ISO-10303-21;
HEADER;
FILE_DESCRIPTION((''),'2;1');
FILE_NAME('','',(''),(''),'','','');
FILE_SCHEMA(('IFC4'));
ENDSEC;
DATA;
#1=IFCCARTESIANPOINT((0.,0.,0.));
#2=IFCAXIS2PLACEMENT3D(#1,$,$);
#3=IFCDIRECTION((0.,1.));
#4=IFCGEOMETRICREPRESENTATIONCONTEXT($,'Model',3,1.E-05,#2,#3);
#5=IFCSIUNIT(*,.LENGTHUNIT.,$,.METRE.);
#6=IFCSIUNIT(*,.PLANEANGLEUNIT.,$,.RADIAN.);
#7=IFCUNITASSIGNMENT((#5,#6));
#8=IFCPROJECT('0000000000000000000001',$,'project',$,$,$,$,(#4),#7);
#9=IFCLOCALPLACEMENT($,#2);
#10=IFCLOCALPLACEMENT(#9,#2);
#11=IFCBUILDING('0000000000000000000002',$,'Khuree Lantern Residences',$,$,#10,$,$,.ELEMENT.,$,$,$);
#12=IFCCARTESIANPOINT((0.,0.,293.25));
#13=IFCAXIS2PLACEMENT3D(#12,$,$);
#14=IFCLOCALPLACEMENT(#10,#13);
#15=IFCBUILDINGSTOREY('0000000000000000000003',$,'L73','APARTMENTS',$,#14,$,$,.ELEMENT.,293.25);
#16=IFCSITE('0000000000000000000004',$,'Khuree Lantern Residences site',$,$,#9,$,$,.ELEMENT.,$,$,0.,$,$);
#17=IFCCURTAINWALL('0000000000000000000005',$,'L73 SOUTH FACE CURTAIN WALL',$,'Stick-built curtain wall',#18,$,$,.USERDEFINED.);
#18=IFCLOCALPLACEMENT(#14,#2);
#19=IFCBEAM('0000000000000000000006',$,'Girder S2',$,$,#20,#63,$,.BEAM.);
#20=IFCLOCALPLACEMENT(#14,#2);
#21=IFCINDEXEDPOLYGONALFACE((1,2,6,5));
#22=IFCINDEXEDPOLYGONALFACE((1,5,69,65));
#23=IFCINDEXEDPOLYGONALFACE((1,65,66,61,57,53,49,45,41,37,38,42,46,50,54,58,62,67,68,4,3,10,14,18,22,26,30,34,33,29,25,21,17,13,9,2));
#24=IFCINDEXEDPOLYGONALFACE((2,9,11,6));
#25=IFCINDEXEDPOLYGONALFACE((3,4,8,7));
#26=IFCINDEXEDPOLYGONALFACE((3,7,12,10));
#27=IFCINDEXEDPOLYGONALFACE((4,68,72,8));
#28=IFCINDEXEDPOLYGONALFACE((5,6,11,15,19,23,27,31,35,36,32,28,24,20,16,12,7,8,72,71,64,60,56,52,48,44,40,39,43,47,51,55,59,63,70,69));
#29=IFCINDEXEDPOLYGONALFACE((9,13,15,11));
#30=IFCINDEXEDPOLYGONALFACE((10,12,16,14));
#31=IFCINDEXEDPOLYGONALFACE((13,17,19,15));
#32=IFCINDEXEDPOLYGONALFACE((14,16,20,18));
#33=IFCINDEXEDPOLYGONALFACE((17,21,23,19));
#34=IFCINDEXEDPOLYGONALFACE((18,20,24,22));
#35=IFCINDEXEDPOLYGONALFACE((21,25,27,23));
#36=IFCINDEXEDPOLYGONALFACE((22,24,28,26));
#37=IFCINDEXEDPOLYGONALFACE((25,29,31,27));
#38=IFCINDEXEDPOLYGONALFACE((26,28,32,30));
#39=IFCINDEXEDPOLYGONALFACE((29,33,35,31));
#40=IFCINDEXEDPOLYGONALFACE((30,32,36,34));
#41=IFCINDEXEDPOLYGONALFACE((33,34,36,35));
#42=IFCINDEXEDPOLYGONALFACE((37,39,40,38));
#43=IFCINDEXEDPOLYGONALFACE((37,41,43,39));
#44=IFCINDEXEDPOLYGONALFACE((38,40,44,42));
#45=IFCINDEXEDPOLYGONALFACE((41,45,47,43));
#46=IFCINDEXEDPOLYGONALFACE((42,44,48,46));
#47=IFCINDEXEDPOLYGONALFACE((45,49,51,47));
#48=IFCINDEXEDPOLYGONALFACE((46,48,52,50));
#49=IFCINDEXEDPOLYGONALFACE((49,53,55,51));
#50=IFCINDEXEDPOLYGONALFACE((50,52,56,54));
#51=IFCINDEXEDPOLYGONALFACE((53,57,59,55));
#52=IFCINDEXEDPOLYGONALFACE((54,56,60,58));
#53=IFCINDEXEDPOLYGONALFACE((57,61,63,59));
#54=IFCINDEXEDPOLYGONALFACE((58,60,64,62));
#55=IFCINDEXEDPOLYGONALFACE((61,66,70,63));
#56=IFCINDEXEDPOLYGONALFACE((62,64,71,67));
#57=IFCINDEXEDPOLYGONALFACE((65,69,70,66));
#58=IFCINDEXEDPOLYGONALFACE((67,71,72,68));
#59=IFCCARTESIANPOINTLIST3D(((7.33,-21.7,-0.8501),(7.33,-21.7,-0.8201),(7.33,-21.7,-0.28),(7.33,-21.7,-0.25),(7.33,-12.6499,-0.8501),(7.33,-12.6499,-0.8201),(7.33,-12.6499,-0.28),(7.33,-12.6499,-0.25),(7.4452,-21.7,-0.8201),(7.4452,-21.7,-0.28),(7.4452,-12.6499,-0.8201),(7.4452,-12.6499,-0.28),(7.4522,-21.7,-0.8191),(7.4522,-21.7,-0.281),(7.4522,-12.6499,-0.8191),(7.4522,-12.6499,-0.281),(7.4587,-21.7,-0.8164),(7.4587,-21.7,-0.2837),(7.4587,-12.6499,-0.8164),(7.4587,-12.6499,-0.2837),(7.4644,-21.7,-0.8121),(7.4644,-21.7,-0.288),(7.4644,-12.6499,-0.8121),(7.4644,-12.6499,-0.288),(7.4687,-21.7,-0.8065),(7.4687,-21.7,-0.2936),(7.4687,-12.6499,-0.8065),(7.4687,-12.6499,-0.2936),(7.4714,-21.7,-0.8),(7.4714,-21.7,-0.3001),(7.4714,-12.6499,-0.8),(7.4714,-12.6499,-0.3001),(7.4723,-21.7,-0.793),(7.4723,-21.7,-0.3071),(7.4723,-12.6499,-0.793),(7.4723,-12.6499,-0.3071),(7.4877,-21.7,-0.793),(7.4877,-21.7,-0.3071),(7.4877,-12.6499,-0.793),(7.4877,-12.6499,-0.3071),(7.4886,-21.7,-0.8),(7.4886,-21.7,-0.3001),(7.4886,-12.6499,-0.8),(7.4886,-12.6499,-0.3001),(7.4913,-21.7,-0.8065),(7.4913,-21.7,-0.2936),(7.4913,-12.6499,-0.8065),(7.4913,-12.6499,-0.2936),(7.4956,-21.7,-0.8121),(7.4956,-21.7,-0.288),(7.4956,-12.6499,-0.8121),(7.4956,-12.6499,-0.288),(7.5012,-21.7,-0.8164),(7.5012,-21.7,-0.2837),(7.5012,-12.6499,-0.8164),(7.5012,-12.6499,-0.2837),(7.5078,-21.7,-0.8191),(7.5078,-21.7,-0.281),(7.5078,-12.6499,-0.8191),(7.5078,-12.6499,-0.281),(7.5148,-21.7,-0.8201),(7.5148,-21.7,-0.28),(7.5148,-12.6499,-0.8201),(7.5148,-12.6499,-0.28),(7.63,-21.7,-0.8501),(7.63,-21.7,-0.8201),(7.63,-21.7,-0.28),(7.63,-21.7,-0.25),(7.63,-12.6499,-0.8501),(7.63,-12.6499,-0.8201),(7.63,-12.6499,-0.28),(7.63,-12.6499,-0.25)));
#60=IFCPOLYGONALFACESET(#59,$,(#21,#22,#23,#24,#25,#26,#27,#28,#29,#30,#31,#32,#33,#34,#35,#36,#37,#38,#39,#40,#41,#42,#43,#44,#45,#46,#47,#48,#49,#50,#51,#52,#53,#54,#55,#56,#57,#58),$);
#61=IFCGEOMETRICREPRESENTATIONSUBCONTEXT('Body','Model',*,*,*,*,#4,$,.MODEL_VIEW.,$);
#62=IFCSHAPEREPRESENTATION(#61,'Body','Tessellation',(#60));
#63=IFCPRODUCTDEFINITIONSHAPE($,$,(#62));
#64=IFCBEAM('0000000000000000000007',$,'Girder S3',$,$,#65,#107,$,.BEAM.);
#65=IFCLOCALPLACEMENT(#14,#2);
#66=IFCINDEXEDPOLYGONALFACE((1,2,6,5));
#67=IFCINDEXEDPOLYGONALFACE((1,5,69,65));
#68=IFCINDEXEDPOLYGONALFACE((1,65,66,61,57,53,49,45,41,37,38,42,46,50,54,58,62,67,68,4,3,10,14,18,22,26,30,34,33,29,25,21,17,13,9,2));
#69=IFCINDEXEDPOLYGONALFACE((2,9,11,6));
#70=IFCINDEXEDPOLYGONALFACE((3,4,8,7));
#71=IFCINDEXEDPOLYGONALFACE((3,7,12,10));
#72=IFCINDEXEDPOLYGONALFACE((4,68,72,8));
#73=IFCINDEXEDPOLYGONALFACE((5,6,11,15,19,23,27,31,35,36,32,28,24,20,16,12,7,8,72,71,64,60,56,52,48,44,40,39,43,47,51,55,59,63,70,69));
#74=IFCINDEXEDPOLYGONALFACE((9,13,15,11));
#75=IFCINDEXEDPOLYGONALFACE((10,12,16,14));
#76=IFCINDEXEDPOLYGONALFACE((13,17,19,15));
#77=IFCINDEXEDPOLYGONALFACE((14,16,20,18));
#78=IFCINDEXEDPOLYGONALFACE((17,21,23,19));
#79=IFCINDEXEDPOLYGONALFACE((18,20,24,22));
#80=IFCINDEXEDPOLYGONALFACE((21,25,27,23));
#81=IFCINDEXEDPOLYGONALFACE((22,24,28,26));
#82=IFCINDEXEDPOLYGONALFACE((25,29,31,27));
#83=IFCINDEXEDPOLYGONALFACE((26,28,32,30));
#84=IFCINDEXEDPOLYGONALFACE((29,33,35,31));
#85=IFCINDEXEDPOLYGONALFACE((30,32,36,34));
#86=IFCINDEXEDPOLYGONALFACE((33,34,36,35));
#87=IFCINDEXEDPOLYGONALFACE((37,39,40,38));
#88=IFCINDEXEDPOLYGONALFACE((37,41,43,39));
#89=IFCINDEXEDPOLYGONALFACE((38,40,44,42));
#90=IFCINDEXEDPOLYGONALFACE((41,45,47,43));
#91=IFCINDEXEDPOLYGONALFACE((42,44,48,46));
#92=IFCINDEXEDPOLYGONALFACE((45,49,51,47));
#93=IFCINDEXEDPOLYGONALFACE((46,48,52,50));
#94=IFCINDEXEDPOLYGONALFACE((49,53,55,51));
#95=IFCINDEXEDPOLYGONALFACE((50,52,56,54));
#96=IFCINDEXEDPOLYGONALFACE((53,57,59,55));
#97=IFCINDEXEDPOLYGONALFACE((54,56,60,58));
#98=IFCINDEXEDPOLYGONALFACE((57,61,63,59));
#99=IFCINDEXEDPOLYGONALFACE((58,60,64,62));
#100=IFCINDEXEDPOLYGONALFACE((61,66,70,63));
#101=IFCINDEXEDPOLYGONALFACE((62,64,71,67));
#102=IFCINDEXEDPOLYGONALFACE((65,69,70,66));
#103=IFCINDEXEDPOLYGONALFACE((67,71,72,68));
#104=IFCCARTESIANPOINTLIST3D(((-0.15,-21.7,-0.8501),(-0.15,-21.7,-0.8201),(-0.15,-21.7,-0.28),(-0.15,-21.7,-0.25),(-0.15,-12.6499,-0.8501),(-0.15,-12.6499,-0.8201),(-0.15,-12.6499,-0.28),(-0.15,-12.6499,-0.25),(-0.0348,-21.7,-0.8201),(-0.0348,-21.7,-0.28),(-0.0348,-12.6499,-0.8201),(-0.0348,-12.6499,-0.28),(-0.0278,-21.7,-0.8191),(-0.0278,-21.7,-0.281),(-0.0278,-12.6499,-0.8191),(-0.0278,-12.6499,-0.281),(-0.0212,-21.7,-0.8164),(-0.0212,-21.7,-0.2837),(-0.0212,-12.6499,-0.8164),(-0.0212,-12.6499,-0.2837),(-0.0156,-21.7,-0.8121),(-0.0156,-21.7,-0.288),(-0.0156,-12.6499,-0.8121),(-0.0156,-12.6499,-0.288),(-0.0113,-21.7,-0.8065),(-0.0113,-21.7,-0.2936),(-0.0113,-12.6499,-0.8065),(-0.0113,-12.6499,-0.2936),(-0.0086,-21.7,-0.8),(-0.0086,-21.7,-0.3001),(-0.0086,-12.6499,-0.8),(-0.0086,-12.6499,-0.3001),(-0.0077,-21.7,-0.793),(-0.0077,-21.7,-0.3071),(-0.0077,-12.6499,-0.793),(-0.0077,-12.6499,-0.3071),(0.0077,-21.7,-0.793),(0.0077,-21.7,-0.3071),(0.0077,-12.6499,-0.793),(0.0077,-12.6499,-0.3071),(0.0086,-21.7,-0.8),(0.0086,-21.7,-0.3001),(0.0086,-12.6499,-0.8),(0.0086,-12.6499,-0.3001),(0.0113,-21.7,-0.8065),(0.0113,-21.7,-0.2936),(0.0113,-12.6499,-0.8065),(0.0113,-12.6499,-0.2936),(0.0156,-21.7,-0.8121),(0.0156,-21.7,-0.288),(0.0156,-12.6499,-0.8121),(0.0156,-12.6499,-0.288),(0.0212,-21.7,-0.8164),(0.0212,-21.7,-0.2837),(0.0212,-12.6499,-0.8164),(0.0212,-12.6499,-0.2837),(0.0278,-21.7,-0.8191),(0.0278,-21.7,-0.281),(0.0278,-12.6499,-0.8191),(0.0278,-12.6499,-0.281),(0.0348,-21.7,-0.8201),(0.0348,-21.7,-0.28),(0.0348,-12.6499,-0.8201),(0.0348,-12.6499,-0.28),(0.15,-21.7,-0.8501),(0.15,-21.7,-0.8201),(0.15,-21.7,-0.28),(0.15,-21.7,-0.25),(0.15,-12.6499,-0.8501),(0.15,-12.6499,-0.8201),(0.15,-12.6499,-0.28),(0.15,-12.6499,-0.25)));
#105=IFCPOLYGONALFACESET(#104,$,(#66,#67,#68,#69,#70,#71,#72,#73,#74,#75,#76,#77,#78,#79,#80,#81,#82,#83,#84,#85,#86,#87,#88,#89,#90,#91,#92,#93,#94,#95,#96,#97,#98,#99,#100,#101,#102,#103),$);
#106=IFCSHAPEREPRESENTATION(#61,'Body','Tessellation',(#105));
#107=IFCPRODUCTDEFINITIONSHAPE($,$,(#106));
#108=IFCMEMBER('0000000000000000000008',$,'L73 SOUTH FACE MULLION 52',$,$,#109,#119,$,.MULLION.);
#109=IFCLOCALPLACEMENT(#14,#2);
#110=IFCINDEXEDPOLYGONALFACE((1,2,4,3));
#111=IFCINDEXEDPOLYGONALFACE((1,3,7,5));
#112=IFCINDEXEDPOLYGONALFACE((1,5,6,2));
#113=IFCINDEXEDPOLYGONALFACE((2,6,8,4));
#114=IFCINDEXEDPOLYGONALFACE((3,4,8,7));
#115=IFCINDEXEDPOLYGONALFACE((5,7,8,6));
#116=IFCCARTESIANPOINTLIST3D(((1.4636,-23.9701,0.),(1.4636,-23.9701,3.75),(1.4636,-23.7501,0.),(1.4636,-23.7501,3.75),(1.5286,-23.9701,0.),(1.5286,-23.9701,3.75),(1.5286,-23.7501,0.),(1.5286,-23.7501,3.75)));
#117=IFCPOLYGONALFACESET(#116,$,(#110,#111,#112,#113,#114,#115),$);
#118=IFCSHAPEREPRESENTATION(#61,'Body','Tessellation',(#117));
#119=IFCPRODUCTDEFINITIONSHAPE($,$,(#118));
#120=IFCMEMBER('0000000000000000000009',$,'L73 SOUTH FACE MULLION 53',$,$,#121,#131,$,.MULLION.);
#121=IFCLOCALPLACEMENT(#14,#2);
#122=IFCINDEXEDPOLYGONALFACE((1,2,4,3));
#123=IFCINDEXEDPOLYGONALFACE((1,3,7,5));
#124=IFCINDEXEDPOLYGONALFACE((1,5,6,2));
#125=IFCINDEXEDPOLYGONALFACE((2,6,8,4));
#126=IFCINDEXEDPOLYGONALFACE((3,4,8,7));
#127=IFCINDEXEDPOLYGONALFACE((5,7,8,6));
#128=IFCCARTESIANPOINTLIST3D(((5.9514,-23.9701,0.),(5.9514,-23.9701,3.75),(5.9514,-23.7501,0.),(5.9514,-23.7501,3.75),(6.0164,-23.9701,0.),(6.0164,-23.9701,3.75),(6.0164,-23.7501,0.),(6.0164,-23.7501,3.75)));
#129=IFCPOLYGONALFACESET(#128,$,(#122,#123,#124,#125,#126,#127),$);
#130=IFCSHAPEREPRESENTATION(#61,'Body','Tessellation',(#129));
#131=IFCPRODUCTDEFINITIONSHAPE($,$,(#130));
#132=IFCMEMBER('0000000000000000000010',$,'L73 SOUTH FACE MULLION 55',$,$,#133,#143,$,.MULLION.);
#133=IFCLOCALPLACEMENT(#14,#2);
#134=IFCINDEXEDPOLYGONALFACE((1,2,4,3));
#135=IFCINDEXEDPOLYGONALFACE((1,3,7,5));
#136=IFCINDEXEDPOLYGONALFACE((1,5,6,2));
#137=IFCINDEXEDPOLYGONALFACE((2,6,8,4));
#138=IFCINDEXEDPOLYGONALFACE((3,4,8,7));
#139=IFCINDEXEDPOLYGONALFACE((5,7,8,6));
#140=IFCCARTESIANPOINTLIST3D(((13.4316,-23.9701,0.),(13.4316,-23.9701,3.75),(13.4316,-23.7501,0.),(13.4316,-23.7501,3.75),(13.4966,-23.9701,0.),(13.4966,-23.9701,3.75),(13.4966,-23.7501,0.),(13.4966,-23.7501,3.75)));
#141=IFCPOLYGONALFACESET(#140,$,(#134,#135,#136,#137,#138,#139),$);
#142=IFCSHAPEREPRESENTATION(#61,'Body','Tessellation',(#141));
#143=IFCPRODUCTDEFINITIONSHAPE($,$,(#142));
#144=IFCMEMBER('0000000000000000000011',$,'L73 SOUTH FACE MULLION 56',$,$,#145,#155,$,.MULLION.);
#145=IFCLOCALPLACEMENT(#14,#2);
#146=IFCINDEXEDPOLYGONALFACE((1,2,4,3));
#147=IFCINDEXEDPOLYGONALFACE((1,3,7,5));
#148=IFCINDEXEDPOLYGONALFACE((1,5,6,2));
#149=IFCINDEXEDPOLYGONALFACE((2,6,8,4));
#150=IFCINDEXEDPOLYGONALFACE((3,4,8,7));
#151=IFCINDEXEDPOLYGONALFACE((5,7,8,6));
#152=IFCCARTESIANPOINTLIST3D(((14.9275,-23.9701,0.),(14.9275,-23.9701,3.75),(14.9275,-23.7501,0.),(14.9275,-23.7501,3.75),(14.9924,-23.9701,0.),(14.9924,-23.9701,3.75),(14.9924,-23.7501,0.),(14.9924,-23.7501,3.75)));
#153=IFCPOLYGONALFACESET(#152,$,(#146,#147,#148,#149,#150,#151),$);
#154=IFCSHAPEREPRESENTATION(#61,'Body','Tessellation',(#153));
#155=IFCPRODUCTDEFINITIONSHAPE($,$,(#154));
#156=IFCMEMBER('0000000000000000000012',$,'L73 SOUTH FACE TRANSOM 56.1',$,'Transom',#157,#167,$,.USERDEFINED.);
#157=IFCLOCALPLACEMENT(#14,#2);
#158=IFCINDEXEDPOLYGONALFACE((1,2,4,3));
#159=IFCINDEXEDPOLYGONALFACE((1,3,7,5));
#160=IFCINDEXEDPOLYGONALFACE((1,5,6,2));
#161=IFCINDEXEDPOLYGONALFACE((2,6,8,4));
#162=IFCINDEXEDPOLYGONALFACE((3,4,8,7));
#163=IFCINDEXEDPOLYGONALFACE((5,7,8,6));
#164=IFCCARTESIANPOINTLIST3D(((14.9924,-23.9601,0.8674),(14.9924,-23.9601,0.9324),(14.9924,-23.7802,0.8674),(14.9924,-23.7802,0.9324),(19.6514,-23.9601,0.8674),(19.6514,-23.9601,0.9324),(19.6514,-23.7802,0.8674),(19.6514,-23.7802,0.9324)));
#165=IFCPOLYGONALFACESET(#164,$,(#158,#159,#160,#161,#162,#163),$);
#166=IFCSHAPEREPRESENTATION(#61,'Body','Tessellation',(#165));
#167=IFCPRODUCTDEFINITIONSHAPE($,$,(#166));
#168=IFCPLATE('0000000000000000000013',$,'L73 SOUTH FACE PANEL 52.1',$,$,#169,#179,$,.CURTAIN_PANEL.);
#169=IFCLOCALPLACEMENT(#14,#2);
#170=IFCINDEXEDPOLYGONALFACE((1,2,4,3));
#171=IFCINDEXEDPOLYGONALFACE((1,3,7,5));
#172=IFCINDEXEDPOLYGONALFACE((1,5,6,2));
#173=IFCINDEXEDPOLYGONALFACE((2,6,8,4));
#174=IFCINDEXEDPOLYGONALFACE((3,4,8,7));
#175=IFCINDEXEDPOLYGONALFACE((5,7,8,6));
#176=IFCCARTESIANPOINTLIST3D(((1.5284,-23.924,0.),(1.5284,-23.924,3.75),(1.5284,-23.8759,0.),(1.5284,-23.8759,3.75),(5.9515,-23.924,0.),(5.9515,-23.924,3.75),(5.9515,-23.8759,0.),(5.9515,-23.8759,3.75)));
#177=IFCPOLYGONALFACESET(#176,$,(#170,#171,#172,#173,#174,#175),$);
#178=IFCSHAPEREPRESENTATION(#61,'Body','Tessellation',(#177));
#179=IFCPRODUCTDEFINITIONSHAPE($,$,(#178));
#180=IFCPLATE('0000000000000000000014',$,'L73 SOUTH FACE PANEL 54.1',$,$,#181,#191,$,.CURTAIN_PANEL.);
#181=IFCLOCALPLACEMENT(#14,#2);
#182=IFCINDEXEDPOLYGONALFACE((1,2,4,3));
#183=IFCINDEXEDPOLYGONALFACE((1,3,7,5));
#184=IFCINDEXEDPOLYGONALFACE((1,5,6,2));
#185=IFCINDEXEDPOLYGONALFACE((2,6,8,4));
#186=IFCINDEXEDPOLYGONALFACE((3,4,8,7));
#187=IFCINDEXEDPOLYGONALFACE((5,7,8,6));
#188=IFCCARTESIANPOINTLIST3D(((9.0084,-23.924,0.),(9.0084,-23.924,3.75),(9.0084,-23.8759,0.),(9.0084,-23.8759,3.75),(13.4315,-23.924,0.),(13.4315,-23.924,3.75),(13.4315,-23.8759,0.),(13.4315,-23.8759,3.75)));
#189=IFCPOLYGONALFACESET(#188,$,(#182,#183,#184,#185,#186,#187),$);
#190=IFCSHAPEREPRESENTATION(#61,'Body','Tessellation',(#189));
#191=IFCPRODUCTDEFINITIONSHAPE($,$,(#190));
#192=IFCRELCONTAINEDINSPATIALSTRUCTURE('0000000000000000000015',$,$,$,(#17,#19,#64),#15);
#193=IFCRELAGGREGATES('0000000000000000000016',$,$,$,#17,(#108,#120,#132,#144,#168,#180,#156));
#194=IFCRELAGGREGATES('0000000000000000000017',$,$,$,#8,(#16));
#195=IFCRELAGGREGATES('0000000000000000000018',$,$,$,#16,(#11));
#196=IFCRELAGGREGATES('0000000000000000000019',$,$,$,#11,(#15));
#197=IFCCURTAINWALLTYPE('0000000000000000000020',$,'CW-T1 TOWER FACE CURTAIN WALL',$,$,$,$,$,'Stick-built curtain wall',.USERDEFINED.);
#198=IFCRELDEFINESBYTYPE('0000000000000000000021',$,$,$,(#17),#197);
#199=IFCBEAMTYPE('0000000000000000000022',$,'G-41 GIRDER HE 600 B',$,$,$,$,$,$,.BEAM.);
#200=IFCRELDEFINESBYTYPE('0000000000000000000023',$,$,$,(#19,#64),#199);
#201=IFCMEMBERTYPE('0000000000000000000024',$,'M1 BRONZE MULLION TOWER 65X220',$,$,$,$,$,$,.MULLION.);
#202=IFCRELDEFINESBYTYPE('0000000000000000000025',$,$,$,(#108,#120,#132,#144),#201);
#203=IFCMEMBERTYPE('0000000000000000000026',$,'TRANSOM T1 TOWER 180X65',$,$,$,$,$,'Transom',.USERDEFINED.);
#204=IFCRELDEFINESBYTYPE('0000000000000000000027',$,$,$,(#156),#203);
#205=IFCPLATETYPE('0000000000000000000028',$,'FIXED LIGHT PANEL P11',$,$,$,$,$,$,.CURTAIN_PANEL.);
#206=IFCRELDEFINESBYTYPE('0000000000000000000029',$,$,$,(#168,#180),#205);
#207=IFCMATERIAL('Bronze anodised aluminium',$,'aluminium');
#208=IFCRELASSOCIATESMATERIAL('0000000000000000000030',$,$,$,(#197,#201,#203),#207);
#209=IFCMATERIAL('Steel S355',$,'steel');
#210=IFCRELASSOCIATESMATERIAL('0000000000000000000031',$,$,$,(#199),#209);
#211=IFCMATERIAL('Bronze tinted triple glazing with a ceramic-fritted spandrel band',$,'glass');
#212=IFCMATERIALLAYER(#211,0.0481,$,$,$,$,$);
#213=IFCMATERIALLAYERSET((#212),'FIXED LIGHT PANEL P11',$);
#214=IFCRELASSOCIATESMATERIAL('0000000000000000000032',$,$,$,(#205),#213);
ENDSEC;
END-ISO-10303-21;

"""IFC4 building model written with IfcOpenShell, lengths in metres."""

from ifc_helpers import new_model, si_unit, direction, frame, origin, origin_2d, place, context, subcontext, project, spatial, rectangle, i_section, extrude, material, layer, layer_set, material_profile, profile_set, type_object, element, aggregate, save


model = new_model("IFC4")

# Units and contexts
model_context = context("Model", 3, precision=1e-05, world=origin(), true_north=direction((0.0, 1.0)))
body_context = subcontext(model_context, "Body", "Model", "MODEL_VIEW")
ifc_project = project(units=[si_unit("LENGTHUNIT", "METRE"), si_unit("PLANEANGLEUNIT", "RADIAN")], contexts=[model_context])

# Site, building, storey
site_placement = place(None, origin())
site = spatial("IfcSite", under=ifc_project, at=site_placement, Name="Khuree Lantern Residences site", CompositionType="ELEMENT", RefElevation=0.0)
building_placement = place(site_placement, origin())
building = spatial("IfcBuilding", under=site, at=building_placement, Name="Khuree Lantern Residences", CompositionType="ELEMENT")
storey_placement = place(building_placement, frame((0.0, 0.0, 293.25)))
storey = spatial("IfcBuildingStorey", under=building, at=storey_placement, Name="L73", Description="APARTMENTS", CompositionType="ELEMENT", Elevation=293.25)

# Shared definitions
ifc_material_1 = material(Name="Steel S355", Category="steel")

# Curtain wall
ifc_material_2 = material(Name="Bronze anodised aluminium", Category="aluminium")
curtain_wall_type = type_object("IfcCurtainWallType", Name="CW-T1 TOWER FACE CURTAIN WALL", ElementType="Stick-built curtain wall", PredefinedType="USERDEFINED", material=ifc_material_2)
curtain_wall_placement = place(storey_placement, origin())
curtain_wall = element("IfcCurtainWall", 1, at=curtain_wall_placement, inside=storey, type_object=curtain_wall_type, Name="L73 SOUTH FACE CURTAIN WALL", ObjectType="Stick-built curtain wall", PredefinedType="USERDEFINED")

# Beams
ifc_material_profile_1 = material_profile(ifc_material_1, i_section(OverallWidth=0.3, OverallDepth=0.6001, WebThickness=0.0154, FlangeThickness=0.03, FilletRadius=0.0271, at=origin_2d()), Name="HE 600 B")
ifc_profile_set_1 = profile_set([ifc_material_profile_1], Name="Steel S355")
beam_type_1 = type_object("IfcBeamType", Name="G-41 GIRDER HE 600 B", PredefinedType="BEAM", material=ifc_profile_set_1)
for number, where, z_axis, x_axis, name in (
    (2, (7.48, -21.7, -0.55), (0.0, 1.0, 0.0), (-1.0, 0.0, 0.0), "Girder S2"),
    (3, (0.0, -21.7, -0.55), (0.0, 1.0, 0.0), (-1.0, 0.0, 0.0), "Girder S3"),
):
    element("IfcBeam", number, at=place(storey_placement, frame(where, z_axis=z_axis, x_axis=x_axis)), inside=storey, type_object=beam_type_1, Name=name, PredefinedType="BEAM", context=body_context, shape_type="SweptSolid", body=[
        extrude(i_section(OverallWidth=0.3, OverallDepth=0.6001, WebThickness=0.0154, FlangeThickness=0.03, FilletRadius=0.0271, at=origin_2d()), origin(), (0.0, 0.0, 1.0), 9.05),
    ])

# Members
ifc_material_profile_2 = material_profile(ifc_material_2, rectangle(XDim=0.0649, YDim=0.22, at=origin_2d()), Name="M1 65X220")
ifc_profile_set_2 = profile_set([ifc_material_profile_2], Name="Bronze anodised aluminium")
member_type_1 = type_object("IfcMemberType", Name="M1 BRONZE MULLION TOWER 65X220", PredefinedType="MULLION", material=ifc_profile_set_2)
member_1_placement = place(storey_placement, frame((1.4961, -23.8601, 0.0), z_axis=(0.0, 0.0, 1.0), x_axis=(1.0, 0.0, 0.0)))
member_1 = element("IfcMember", 4, at=member_1_placement, type_object=member_type_1, Name="L73 SOUTH FACE MULLION 52", PredefinedType="MULLION", context=body_context, shape_type="SweptSolid", body=[
    extrude(rectangle(XDim=0.0649, YDim=0.22, at=origin_2d()), origin(), (0.0, 0.0, 1.0), 3.75),
])
member_2_placement = place(storey_placement, frame((5.9839, -23.8601, 0.0), z_axis=(0.0, 0.0, 1.0), x_axis=(1.0, 0.0, 0.0)))
member_2 = element("IfcMember", 5, at=member_2_placement, type_object=member_type_1, Name="L73 SOUTH FACE MULLION 53", PredefinedType="MULLION", context=body_context, shape_type="SweptSolid", body=[
    extrude(rectangle(XDim=0.0649, YDim=0.22, at=origin_2d()), origin(), (0.0, 0.0, 1.0), 3.75),
])
member_3_placement = place(storey_placement, frame((13.4641, -23.8601, 0.0), z_axis=(0.0, 0.0, 1.0), x_axis=(1.0, 0.0, 0.0)))
member_3 = element("IfcMember", 6, at=member_3_placement, type_object=member_type_1, Name="L73 SOUTH FACE MULLION 55", PredefinedType="MULLION", context=body_context, shape_type="SweptSolid", body=[
    extrude(rectangle(XDim=0.0649, YDim=0.22, at=origin_2d()), origin(), (0.0, 0.0, 1.0), 3.75),
])
member_4_placement = place(storey_placement, frame((14.96, -23.8601, 0.0), z_axis=(0.0, 0.0, 1.0), x_axis=(1.0, 0.0, 0.0)))
member_4 = element("IfcMember", 7, at=member_4_placement, type_object=member_type_1, Name="L73 SOUTH FACE MULLION 56", PredefinedType="MULLION", context=body_context, shape_type="SweptSolid", body=[
    extrude(rectangle(XDim=0.0649, YDim=0.22, at=origin_2d()), origin(), (0.0, 0.0, 1.0), 3.75),
])
ifc_material_profile_3 = material_profile(ifc_material_2, rectangle(XDim=0.1799, YDim=0.0649, at=origin_2d()), Name="T1 180X65")
ifc_profile_set_3 = profile_set([ifc_material_profile_3], Name="Bronze anodised aluminium")
member_type_2 = type_object("IfcMemberType", Name="TRANSOM T1 TOWER 180X65", ElementType="Transom", PredefinedType="USERDEFINED", material=ifc_profile_set_3)
member_5_placement = place(storey_placement, frame((14.9924, -23.8701, 0.8999), z_axis=(1.0, 0.0, 0.0), x_axis=(0.0, 1.0, 0.0)))
member_5 = element("IfcMember", 8, at=member_5_placement, type_object=member_type_2, Name="L73 SOUTH FACE TRANSOM 56.1", ObjectType="Transom", PredefinedType="USERDEFINED", context=body_context, shape_type="SweptSolid", body=[
    extrude(rectangle(XDim=0.1799, YDim=0.0649, at=origin_2d()), origin(), (0.0, 0.0, 1.0), 4.6589),
])

# Plates
ifc_material_3 = material(Name="Bronze tinted triple glazing with a ceramic-fritted spandrel band", Category="glass")
ifc_layer_1 = layer(ifc_material_3, 0.0481)
ifc_layer_set_1 = layer_set([ifc_layer_1], Name="FIXED LIGHT PANEL P11")
plate_type_1 = type_object("IfcPlateType", Name="FIXED LIGHT PANEL P11", PredefinedType="CURTAIN_PANEL", material=ifc_layer_set_1)
plate_1_placement = place(storey_placement, frame((3.74, -23.8999, 0.0), z_axis=(0.0, 0.0, 1.0), x_axis=(1.0, 0.0, 0.0)))
plate_1 = element("IfcPlate", 9, at=plate_1_placement, type_object=plate_type_1, Name="L73 SOUTH FACE PANEL 52.1", PredefinedType="CURTAIN_PANEL", context=body_context, shape_type="SweptSolid", body=[
    extrude(rectangle(XDim=4.4231, YDim=0.0481, at=origin_2d()), origin(), (0.0, 0.0, 1.0), 3.75),
])
plate_2_placement = place(storey_placement, frame((11.22, -23.8999, 0.0), z_axis=(0.0, 0.0, 1.0), x_axis=(1.0, 0.0, 0.0)))
plate_2 = element("IfcPlate", 10, at=plate_2_placement, type_object=plate_type_1, Name="L73 SOUTH FACE PANEL 54.1", PredefinedType="CURTAIN_PANEL", context=body_context, shape_type="SweptSolid", body=[
    extrude(rectangle(XDim=4.4231, YDim=0.0481, at=origin_2d()), origin(), (0.0, 0.0, 1.0), 3.75),
])
aggregate(curtain_wall, [member_1, member_2, member_3, member_4, plate_1, plate_2, member_5])

save(model, "model.ifc")
